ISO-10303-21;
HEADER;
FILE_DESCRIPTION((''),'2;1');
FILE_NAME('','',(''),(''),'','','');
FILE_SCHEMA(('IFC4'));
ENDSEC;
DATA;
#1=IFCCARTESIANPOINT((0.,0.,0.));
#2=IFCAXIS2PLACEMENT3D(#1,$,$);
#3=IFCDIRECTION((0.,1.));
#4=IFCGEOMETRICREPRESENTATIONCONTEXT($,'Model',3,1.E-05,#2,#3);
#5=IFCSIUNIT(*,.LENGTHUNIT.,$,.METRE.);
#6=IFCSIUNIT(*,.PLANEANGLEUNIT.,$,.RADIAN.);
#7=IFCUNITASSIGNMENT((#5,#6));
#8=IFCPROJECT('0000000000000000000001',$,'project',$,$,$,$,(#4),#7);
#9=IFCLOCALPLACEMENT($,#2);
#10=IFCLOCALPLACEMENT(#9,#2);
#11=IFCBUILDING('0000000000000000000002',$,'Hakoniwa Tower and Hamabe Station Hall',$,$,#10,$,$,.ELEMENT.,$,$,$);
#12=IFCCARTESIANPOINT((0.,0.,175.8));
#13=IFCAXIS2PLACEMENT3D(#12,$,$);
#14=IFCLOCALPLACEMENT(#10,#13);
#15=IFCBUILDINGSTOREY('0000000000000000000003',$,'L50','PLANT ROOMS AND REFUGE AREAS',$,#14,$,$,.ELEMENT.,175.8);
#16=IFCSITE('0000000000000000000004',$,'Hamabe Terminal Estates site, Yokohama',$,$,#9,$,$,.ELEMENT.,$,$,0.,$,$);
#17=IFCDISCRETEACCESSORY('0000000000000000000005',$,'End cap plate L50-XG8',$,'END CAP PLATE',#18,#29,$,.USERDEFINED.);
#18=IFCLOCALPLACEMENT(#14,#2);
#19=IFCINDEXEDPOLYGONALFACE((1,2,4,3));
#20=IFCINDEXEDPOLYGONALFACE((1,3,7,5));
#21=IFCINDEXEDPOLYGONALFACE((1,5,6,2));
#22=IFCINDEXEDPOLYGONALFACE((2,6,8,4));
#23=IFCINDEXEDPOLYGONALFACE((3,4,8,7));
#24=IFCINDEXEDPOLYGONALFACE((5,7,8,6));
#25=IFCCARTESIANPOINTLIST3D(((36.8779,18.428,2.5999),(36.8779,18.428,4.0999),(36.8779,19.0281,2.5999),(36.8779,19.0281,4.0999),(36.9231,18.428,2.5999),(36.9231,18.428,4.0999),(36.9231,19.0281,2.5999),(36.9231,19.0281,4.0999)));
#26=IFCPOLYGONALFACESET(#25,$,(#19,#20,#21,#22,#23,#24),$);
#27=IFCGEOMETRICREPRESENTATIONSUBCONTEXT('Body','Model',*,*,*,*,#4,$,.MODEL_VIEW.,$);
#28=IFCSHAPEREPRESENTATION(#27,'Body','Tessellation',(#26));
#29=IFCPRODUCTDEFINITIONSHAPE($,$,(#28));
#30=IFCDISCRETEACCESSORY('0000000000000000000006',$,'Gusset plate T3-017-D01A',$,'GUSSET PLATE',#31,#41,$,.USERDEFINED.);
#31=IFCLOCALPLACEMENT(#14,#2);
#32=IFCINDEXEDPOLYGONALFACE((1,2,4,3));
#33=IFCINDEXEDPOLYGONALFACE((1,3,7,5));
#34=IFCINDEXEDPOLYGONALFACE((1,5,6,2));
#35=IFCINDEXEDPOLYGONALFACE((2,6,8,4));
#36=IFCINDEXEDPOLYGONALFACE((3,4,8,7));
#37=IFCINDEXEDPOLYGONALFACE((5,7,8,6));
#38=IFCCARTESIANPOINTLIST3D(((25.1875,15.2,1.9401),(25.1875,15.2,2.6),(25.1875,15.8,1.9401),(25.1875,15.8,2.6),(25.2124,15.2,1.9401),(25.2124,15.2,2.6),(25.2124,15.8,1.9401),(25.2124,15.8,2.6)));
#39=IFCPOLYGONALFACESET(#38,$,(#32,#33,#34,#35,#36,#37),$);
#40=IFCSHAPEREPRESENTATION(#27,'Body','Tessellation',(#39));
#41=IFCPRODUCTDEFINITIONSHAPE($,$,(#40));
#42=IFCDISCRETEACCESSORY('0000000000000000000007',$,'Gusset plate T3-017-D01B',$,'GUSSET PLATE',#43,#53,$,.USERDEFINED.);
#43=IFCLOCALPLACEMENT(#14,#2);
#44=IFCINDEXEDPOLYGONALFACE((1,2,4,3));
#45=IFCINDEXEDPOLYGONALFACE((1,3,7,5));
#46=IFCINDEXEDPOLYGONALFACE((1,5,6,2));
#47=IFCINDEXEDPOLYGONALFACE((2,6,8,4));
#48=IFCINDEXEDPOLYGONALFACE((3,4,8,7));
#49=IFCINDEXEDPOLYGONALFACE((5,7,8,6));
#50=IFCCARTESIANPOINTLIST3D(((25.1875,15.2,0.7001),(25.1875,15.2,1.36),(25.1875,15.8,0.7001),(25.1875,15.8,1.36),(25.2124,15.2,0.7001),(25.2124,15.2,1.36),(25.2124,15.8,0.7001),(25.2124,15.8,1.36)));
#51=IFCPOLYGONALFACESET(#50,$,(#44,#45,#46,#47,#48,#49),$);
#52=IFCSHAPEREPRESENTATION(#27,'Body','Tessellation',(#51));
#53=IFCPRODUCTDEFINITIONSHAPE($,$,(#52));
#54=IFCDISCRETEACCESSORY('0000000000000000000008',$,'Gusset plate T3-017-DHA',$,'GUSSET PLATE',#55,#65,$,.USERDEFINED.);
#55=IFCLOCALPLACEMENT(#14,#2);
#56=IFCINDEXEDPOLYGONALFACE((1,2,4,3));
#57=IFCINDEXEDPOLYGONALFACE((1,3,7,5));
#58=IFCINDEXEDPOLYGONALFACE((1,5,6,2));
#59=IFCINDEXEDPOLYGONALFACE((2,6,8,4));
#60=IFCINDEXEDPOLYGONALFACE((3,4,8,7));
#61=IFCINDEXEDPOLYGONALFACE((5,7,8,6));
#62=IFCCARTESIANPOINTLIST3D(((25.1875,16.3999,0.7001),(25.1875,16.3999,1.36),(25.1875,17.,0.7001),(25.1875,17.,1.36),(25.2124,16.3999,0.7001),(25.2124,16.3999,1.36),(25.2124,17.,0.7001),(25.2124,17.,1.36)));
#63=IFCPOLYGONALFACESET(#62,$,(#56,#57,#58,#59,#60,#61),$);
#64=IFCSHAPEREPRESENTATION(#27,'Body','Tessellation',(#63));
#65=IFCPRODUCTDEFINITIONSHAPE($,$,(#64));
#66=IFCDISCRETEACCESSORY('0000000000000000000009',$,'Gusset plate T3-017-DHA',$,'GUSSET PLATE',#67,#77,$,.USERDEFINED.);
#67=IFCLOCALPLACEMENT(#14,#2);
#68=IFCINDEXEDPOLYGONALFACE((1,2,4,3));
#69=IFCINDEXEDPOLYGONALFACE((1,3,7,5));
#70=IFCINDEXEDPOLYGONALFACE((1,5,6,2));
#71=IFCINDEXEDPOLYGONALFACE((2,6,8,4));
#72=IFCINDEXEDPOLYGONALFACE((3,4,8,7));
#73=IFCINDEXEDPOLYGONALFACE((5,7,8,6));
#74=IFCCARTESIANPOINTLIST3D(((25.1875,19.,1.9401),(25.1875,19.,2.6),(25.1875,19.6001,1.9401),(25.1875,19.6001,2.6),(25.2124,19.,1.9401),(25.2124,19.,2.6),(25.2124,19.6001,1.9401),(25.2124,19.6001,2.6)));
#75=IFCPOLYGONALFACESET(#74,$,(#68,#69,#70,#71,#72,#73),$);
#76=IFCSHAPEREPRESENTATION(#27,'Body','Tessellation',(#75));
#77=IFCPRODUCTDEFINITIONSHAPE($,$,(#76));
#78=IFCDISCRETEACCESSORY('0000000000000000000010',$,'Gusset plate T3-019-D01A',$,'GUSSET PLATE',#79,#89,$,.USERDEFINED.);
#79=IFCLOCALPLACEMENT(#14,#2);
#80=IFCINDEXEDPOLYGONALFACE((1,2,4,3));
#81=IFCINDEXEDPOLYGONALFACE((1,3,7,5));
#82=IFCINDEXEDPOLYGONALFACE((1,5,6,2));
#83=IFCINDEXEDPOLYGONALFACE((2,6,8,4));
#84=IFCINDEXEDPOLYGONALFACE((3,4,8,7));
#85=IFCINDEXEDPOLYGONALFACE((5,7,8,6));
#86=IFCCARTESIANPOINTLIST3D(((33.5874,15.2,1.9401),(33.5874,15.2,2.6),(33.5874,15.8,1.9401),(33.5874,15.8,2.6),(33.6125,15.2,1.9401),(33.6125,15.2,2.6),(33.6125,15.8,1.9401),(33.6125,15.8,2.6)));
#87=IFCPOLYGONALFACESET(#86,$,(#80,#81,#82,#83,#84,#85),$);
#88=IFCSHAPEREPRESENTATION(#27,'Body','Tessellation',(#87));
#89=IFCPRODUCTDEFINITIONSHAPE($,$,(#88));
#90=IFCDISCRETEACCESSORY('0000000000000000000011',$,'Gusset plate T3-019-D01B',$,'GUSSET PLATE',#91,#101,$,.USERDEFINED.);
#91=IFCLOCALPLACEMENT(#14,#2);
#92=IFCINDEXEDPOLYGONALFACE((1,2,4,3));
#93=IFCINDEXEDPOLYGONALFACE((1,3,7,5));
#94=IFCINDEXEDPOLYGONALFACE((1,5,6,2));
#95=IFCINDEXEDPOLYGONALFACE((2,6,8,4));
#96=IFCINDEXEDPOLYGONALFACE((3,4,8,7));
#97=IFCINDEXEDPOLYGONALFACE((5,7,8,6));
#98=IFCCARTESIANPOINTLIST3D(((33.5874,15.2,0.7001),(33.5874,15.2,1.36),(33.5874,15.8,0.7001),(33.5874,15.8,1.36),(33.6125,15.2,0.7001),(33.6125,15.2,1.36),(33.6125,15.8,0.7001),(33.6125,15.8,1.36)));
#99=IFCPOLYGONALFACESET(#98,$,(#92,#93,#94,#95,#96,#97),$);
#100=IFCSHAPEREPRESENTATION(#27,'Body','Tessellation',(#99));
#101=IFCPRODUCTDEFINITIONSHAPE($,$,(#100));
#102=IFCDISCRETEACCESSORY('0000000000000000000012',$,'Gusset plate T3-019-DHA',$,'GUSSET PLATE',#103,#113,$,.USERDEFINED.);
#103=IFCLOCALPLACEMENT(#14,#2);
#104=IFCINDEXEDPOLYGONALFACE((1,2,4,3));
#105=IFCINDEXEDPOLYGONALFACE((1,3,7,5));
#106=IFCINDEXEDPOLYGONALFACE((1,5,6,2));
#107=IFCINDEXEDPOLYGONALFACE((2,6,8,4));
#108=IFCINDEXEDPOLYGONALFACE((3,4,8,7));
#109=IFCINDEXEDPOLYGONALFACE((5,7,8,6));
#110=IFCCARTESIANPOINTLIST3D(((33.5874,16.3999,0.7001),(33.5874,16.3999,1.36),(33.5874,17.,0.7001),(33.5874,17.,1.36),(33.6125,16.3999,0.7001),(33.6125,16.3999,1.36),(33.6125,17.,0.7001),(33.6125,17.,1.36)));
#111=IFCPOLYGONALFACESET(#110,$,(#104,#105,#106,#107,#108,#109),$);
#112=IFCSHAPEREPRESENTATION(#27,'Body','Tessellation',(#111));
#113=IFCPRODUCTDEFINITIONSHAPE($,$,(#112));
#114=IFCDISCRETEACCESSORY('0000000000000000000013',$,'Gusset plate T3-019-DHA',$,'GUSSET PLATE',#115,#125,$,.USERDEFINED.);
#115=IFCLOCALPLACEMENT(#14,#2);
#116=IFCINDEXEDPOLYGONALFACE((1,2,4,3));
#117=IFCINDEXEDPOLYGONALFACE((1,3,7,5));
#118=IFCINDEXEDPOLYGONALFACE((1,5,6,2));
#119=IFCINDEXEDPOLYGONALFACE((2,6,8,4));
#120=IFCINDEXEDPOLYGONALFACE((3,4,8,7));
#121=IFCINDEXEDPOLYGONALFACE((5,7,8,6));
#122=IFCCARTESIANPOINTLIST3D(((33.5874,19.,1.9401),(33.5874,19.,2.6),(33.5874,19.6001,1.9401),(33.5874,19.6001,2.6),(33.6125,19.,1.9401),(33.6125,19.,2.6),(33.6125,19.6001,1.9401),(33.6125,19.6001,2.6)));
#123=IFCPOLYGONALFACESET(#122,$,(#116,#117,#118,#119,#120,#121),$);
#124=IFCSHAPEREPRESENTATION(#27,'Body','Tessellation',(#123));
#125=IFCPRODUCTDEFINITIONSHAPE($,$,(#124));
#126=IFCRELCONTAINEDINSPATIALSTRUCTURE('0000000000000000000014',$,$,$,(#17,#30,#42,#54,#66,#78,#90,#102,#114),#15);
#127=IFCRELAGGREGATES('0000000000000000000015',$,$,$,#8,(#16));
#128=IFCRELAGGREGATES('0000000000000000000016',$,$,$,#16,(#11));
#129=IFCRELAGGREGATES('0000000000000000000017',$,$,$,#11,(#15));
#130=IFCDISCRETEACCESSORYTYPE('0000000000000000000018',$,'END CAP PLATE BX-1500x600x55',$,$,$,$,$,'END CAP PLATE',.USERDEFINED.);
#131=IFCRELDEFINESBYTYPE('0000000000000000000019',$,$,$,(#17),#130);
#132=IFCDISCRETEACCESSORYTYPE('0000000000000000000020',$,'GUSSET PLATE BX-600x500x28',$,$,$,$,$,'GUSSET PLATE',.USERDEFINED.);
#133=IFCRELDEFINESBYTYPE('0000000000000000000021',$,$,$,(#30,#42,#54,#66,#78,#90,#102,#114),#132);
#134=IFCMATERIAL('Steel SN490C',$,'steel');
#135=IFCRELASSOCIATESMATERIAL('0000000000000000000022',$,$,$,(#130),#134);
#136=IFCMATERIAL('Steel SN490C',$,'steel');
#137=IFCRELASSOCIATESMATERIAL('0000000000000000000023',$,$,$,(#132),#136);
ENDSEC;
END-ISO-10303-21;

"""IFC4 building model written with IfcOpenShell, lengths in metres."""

from ifc_helpers import new_model, si_unit, direction, frame, origin, origin_2d, place, context, subcontext, project, spatial, rectangle, extrude, material, material_profile, profile_set, type_object, element, save


model = new_model("IFC4")

# Units and contexts
model_context = context("Model", 3, precision=1e-05, world=origin(), true_north=direction((0.0, 1.0)))
body_context = subcontext(model_context, "Body", "Model", "MODEL_VIEW")
ifc_project = project(units=[si_unit("LENGTHUNIT", "METRE"), si_unit("PLANEANGLEUNIT", "RADIAN")], contexts=[model_context])

# Site, building, storey
site_placement = place(None, origin())
site = spatial("IfcSite", under=ifc_project, at=site_placement, Name="Hamabe Terminal Estates site, Yokohama", CompositionType="ELEMENT", RefElevation=0.0)
building_placement = place(site_placement, origin())
building = spatial("IfcBuilding", under=site, at=building_placement, Name="Hakoniwa Tower and Hamabe Station Hall", CompositionType="ELEMENT")
storey_placement = place(building_placement, frame((0.0, 0.0, 175.8)))
storey = spatial("IfcBuildingStorey", under=building, at=storey_placement, Name="L50", Description="PLANT ROOMS AND REFUGE AREAS", CompositionType="ELEMENT", Elevation=175.8)

# Discrete accessories
ifc_material_1 = material(Name="Steel SN490C", Category="steel")
ifc_material_profile_1 = material_profile(ifc_material_1, rectangle(XDim=0.6001, YDim=1.5, at=origin_2d()), Name="END CAP PLATE BX-1500x600x55")
ifc_profile_set_1 = profile_set([ifc_material_profile_1], Name="Steel SN490C")
discrete_accessory_type_1 = type_object("IfcDiscreteAccessoryType", Name="END CAP PLATE BX-1500x600x55", ElementType="END CAP PLATE", PredefinedType="USERDEFINED", material=ifc_profile_set_1)
discrete_accessory_placement = place(storey_placement, frame((36.8779, 18.728, 3.3499), z_axis=(1.0, 0.0, 0.0), x_axis=(0.0, 1.0, 0.0)))
element("IfcDiscreteAccessory", 1, at=discrete_accessory_placement, inside=storey, type_object=discrete_accessory_type_1, Name="End cap plate L50-XG8", ObjectType="END CAP PLATE", PredefinedType="USERDEFINED", context=body_context, shape_type="SweptSolid", body=[
    extrude(rectangle(XDim=0.6001, YDim=1.5, at=origin_2d()), origin(), (0.0, 0.0, 1.0), 0.0452),
])
ifc_material_2 = material(Name="Steel SN490C", Category="steel")
ifc_material_profile_2 = material_profile(ifc_material_2, rectangle(XDim=0.6001, YDim=0.6599, at=origin_2d()), Name="GUSSET PLATE BX-600x500x28")
ifc_profile_set_2 = profile_set([ifc_material_profile_2], Name="Steel SN490C")
discrete_accessory_type_2 = type_object("IfcDiscreteAccessoryType", Name="GUSSET PLATE BX-600x500x28", ElementType="GUSSET PLATE", PredefinedType="USERDEFINED", material=ifc_profile_set_2)
for number, where, z_axis, x_axis, name in (
    (2, (25.2124, 15.5, 2.27), (-1.0, 0.0, 0.0), (0.0, -1.0, 0.0), "Gusset plate T3-017-D01A"),
    (3, (25.2124, 15.5, 1.03), (-1.0, 0.0, 0.0), (0.0, -1.0, 0.0), "Gusset plate T3-017-D01B"),
    (4, (25.2124, 16.7, 1.03), (-1.0, 0.0, 0.0), (0.0, -1.0, 0.0), "Gusset plate T3-017-DHA"),
    (5, (25.2124, 19.3, 2.27), (-1.0, 0.0, 0.0), (0.0, -1.0, 0.0), "Gusset plate T3-017-DHA"),
):
    element("IfcDiscreteAccessory", number, at=place(storey_placement, frame(where, z_axis=z_axis, x_axis=x_axis)), inside=storey, type_object=discrete_accessory_type_2, Name=name, ObjectType="GUSSET PLATE", PredefinedType="USERDEFINED", context=body_context, shape_type="SweptSolid", body=[
        extrude(rectangle(XDim=0.6001, YDim=0.6599, at=origin_2d()), origin(), (0.0, 0.0, 1.0), 0.0249),
    ])
for number, where, z_axis, x_axis, name in (
    (6, (33.6125, 15.5, 2.27), (-1.0, 0.0, 0.0), (0.0, -1.0, 0.0), "Gusset plate T3-019-D01A"),
    (7, (33.6125, 15.5, 1.03), (-1.0, 0.0, 0.0), (0.0, -1.0, 0.0), "Gusset plate T3-019-D01B"),
    (8, (33.6125, 16.7, 1.03), (-1.0, 0.0, 0.0), (0.0, -1.0, 0.0), "Gusset plate T3-019-DHA"),
    (9, (33.6125, 19.3, 2.27), (-1.0, 0.0, 0.0), (0.0, -1.0, 0.0), "Gusset plate T3-019-DHA"),
):
    element("IfcDiscreteAccessory", number, at=place(storey_placement, frame(where, z_axis=z_axis, x_axis=x_axis)), inside=storey, type_object=discrete_accessory_type_2, Name=name, ObjectType="GUSSET PLATE", PredefinedType="USERDEFINED", context=body_context, shape_type="SweptSolid", body=[
        extrude(rectangle(XDim=0.6001, YDim=0.6599, at=origin_2d()), origin(), (0.0, 0.0, 1.0), 0.0251),
    ])

save(model, "model.ifc")
